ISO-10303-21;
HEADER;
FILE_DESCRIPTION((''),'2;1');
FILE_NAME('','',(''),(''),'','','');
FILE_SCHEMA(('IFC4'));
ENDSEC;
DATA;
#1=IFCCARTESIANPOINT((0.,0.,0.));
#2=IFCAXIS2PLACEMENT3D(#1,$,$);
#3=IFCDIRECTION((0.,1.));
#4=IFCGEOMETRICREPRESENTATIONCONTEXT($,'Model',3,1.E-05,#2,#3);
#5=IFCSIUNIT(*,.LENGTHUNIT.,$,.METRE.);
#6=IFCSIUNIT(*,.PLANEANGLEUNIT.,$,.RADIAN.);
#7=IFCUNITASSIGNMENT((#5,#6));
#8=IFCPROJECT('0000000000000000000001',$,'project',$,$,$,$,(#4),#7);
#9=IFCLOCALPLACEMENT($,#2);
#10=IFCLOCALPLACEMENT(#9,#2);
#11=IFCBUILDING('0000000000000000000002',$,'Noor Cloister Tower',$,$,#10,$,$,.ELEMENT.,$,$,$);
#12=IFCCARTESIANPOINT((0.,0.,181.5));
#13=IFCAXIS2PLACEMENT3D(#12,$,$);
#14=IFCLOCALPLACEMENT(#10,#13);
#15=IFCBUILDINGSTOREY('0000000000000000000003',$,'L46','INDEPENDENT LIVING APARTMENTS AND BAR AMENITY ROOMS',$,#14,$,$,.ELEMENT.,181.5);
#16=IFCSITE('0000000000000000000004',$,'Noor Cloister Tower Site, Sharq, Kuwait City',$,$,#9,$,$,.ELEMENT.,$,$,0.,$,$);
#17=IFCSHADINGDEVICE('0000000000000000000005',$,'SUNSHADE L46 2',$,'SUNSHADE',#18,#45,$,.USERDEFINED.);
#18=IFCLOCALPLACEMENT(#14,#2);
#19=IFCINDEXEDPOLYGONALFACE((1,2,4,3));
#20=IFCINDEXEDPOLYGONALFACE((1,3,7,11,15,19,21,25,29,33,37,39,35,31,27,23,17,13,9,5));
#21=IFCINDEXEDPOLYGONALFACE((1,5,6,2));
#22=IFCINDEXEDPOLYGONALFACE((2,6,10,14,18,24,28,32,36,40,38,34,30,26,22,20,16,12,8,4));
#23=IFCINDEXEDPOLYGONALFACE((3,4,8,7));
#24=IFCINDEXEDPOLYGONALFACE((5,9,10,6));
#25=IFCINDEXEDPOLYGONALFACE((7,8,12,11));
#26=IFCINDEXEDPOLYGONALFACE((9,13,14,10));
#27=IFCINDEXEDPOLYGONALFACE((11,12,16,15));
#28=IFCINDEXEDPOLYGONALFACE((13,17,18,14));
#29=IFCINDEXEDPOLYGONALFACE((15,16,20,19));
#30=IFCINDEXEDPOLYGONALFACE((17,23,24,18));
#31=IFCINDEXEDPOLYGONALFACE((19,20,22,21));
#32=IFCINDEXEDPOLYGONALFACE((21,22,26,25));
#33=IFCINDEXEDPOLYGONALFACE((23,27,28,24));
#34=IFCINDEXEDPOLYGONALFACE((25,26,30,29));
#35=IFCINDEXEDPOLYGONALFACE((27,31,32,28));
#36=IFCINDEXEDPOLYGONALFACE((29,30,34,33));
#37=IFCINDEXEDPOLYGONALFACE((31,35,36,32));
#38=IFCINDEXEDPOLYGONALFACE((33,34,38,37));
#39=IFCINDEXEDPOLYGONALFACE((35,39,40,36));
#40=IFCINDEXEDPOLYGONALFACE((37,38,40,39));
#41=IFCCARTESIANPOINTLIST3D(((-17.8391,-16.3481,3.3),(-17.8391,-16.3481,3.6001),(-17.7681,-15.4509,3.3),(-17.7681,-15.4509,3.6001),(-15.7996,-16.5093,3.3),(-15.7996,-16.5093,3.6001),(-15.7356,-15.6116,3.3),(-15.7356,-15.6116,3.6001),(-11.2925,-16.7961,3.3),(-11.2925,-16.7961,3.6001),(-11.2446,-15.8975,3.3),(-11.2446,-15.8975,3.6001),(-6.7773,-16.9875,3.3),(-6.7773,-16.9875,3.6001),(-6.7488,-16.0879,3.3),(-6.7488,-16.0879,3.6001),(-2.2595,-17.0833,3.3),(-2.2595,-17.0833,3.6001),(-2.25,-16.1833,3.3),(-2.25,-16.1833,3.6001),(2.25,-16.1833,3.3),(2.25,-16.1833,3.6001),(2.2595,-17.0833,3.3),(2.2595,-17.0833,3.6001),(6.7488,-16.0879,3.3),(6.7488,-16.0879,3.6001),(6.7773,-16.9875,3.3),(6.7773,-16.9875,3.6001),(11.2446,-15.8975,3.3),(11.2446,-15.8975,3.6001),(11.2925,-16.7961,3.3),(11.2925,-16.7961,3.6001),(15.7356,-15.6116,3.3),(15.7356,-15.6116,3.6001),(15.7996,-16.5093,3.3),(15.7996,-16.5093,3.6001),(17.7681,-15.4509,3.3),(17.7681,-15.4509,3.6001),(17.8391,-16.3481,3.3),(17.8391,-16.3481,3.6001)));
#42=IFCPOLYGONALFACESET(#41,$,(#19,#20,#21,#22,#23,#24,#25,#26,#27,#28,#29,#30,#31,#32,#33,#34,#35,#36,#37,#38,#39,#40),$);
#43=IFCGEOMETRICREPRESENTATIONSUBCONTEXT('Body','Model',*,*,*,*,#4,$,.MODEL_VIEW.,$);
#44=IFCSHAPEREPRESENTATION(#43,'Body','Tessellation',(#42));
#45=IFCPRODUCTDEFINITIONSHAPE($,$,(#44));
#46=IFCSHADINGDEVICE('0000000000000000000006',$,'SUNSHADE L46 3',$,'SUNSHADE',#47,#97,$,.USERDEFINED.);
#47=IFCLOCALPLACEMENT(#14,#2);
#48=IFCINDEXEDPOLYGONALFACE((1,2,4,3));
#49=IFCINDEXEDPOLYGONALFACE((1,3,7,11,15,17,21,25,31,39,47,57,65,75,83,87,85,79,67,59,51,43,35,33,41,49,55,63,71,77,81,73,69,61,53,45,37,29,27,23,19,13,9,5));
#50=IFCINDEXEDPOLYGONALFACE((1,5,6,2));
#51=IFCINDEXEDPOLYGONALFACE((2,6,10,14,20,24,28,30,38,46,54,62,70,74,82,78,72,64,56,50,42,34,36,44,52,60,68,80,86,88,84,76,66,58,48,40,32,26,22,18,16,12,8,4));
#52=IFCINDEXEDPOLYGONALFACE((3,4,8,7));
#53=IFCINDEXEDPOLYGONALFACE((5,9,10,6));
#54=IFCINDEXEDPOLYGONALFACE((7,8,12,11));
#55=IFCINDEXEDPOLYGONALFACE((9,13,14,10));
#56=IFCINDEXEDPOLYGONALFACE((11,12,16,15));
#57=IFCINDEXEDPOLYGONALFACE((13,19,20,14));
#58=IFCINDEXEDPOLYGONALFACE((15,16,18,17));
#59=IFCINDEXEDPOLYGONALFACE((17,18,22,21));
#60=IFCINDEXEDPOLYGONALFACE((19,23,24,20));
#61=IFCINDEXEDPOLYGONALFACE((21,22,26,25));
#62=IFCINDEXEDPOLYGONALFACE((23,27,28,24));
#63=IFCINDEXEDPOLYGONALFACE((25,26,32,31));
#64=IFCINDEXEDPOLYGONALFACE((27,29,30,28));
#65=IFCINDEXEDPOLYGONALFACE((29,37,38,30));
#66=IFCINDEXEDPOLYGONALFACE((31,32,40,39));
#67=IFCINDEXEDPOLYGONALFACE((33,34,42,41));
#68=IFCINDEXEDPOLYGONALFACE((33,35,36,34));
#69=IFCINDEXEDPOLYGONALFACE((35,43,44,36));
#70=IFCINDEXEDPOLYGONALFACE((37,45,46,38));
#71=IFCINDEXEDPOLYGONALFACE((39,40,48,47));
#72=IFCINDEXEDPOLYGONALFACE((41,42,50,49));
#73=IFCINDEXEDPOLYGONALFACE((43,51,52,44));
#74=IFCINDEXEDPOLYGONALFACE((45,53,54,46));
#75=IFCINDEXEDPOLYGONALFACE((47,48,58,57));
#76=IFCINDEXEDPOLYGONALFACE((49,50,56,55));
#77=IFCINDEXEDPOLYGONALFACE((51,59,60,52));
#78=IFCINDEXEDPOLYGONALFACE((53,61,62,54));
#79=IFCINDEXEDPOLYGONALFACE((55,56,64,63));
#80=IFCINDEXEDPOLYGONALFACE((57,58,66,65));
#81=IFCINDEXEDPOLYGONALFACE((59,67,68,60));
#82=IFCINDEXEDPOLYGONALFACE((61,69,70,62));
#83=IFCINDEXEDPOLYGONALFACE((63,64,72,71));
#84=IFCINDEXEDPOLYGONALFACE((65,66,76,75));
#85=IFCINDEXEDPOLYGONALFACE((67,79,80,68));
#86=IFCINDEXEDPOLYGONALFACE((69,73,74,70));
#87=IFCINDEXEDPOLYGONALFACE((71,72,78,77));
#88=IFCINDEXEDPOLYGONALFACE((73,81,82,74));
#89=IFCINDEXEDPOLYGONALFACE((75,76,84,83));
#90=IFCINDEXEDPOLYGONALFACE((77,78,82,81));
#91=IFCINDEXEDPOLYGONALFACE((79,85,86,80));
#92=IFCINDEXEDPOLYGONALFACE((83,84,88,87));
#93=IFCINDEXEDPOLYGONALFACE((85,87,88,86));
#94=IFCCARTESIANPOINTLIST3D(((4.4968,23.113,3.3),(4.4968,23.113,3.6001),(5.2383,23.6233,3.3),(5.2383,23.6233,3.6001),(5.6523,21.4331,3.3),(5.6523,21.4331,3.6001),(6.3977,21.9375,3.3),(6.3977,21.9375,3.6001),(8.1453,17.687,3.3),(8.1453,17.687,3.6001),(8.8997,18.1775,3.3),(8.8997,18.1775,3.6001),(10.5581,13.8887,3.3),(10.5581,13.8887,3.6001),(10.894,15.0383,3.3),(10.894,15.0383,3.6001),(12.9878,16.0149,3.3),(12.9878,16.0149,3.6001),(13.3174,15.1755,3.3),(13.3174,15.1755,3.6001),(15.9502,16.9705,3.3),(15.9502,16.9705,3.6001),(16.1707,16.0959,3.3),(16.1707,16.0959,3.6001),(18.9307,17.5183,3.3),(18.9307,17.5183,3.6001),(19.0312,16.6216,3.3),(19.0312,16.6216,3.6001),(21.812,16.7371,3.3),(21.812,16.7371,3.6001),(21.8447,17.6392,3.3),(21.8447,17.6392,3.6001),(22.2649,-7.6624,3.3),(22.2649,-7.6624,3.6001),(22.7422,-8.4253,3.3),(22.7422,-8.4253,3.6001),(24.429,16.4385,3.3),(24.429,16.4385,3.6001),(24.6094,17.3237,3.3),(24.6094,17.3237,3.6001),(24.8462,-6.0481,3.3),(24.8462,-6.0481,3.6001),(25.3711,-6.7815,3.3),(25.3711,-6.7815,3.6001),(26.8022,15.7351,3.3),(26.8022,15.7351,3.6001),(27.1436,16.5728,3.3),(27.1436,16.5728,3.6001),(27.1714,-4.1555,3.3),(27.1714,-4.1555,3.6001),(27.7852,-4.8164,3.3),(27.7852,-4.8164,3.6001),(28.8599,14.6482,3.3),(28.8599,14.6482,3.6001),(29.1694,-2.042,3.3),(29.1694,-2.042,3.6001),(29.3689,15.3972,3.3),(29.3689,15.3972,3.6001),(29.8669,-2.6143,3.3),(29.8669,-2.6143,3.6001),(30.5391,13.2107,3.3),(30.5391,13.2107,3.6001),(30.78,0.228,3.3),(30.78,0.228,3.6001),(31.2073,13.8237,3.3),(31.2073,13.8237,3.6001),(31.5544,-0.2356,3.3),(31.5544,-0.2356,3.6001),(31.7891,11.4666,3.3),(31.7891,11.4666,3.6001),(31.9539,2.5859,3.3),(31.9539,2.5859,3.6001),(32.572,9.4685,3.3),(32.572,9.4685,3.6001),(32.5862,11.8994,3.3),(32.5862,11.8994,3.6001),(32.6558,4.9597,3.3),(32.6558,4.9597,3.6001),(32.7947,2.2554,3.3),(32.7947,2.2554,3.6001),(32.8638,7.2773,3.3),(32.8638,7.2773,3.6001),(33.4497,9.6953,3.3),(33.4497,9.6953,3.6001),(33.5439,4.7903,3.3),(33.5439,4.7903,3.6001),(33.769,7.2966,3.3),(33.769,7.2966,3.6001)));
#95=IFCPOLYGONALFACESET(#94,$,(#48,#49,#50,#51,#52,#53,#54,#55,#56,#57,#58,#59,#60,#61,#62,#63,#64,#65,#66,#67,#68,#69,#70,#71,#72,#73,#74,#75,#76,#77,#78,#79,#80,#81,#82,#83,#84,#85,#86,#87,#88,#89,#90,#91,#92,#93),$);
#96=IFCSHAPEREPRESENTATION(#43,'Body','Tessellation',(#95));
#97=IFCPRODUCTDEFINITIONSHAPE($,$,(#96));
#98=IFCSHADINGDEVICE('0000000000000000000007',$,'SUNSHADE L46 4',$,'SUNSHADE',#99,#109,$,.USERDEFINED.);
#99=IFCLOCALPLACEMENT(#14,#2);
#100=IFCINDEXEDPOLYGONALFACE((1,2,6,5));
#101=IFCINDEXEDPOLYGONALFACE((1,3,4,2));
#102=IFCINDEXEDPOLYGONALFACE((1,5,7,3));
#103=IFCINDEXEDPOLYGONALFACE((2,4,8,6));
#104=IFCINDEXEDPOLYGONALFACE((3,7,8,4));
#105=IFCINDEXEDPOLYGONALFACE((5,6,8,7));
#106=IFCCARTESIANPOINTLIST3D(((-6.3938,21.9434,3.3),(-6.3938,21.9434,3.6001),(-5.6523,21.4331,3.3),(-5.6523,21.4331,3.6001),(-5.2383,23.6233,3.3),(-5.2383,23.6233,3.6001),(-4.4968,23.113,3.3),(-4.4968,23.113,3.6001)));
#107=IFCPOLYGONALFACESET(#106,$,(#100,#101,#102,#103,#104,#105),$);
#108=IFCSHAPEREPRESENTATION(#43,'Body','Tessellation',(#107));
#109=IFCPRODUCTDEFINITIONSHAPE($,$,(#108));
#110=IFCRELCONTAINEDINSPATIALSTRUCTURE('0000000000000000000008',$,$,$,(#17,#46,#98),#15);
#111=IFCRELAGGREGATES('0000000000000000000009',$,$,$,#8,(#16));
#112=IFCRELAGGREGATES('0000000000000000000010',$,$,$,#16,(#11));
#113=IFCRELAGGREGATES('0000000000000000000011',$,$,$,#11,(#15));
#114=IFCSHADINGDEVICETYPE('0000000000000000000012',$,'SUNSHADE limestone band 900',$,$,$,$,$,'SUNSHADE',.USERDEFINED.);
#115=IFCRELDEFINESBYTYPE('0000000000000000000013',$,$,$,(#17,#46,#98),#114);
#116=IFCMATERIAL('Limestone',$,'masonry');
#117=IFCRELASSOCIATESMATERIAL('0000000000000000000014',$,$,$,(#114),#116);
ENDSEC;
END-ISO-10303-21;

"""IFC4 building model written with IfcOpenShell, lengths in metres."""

from ifc_helpers import new_model, si_unit, direction, frame, origin, place, context, subcontext, project, spatial, polyline, outline, extrude, material, type_object, element, save


model = new_model("IFC4")

# Units and contexts
model_context = context("Model", 3, precision=1e-05, world=origin(), true_north=direction((0.0, 1.0)))
body_context = subcontext(model_context, "Body", "Model", "MODEL_VIEW")
ifc_project = project(units=[si_unit("LENGTHUNIT", "METRE"), si_unit("PLANEANGLEUNIT", "RADIAN")], contexts=[model_context])

# Site, building, storey
site_placement = place(None, origin())
site = spatial("IfcSite", under=ifc_project, at=site_placement, Name="Noor Cloister Tower Site, Sharq, Kuwait City", CompositionType="ELEMENT", RefElevation=0.0)
building_placement = place(site_placement, origin())
building = spatial("IfcBuilding", under=site, at=building_placement, Name="Noor Cloister Tower", CompositionType="ELEMENT")
storey_placement = place(building_placement, frame((0.0, 0.0, 181.5)))
storey = spatial("IfcBuildingStorey", under=building, at=storey_placement, Name="L46", Description="INDEPENDENT LIVING APARTMENTS AND BAR AMENITY ROOMS", CompositionType="ELEMENT", Elevation=181.5)

# Shading devices
ifc_material_1 = material(Name="Limestone", Category="masonry")
shading_device_type = type_object("IfcShadingDeviceType", Name="SUNSHADE limestone band 900", ElementType="SUNSHADE", PredefinedType="USERDEFINED", material=ifc_material_1)
shading_device_1_placement = place(storey_placement, frame((0.0, 0.0, 3.3)))
element("IfcShadingDevice", 1, at=shading_device_1_placement, inside=storey, type_object=shading_device_type, Name="SUNSHADE L46 2", ObjectType="SUNSHADE", PredefinedType="USERDEFINED", context=body_context, shape_type="SweptSolid", body=[
    extrude(outline(polyline([(-17.8391, -16.3481), (-15.7996, -16.5093), (-11.2925, -16.7961), (-6.7773, -16.9875), (-2.2595, -17.0833), (2.2595, -17.0833), (6.7773, -16.9875), (11.2925, -16.7961), (15.7996, -16.5093), (17.8391, -16.3481), (17.7681, -15.4509), (15.7356, -15.6116), (11.2446, -15.8975), (6.7488, -16.0879), (2.25, -16.1833), (-2.25, -16.1833), (-6.7488, -16.0879), (-11.2446, -15.8975), (-15.7356, -15.6116), (-17.7681, -15.4509), (-17.8391, -16.3481)])), origin(), (0.0, 0.0, 1.0), 0.3),
])
shading_device_2_placement = place(storey_placement, frame((0.0, 0.0, 3.3)))
element("IfcShadingDevice", 2, at=shading_device_2_placement, inside=storey, type_object=shading_device_type, Name="SUNSHADE L46 3", ObjectType="SUNSHADE", PredefinedType="USERDEFINED", context=body_context, shape_type="SweptSolid", body=[
    extrude(outline(polyline([(22.7422, -8.4253), (25.3711, -6.7815), (27.7852, -4.8164), (29.8669, -2.6143), (31.5544, -0.2356), (32.7947, 2.2554), (33.5439, 4.7903), (33.769, 7.2966), (33.4497, 9.6953), (32.5862, 11.8994), (31.2073, 13.8237), (29.3689, 15.3972), (27.1436, 16.5728), (24.6094, 17.3237), (21.8447, 17.6392), (18.9307, 17.5183), (15.9502, 16.9705), (12.9878, 16.0149), (10.894, 15.0383), (8.8997, 18.1775), (6.3977, 21.9375), (5.2383, 23.6233), (4.4968, 23.113), (5.6523, 21.4331), (8.1453, 17.687), (10.5581, 13.8887), (13.3174, 15.1755), (16.1707, 16.0959), (19.0312, 16.6216), (21.812, 16.7371), (24.429, 16.4385), (26.8022, 15.7351), (28.8599, 14.6482), (30.5391, 13.2107), (31.7891, 11.4666), (32.572, 9.4685), (32.8638, 7.2773), (32.6558, 4.9597), (31.9539, 2.5859), (30.78, 0.228), (29.1694, -2.042), (27.1714, -4.1555), (24.8462, -6.0481), (22.2649, -7.6624), (22.7422, -8.4253)])), origin(), (0.0, 0.0, 1.0), 0.3),
])
shading_device_3_placement = place(storey_placement, frame((0.0, 0.0, 3.3)))
element("IfcShadingDevice", 3, at=shading_device_3_placement, inside=storey, type_object=shading_device_type, Name="SUNSHADE L46 4", ObjectType="SUNSHADE", PredefinedType="USERDEFINED", context=body_context, shape_type="SweptSolid", body=[
    extrude(outline(polyline([(-5.2383, 23.6233), (-6.3938, 21.9434), (-5.6523, 21.4331), (-4.4968, 23.113), (-5.2383, 23.6233)])), origin(), (0.0, 0.0, 1.0), 0.3),
])

save(model, "model.ifc")
